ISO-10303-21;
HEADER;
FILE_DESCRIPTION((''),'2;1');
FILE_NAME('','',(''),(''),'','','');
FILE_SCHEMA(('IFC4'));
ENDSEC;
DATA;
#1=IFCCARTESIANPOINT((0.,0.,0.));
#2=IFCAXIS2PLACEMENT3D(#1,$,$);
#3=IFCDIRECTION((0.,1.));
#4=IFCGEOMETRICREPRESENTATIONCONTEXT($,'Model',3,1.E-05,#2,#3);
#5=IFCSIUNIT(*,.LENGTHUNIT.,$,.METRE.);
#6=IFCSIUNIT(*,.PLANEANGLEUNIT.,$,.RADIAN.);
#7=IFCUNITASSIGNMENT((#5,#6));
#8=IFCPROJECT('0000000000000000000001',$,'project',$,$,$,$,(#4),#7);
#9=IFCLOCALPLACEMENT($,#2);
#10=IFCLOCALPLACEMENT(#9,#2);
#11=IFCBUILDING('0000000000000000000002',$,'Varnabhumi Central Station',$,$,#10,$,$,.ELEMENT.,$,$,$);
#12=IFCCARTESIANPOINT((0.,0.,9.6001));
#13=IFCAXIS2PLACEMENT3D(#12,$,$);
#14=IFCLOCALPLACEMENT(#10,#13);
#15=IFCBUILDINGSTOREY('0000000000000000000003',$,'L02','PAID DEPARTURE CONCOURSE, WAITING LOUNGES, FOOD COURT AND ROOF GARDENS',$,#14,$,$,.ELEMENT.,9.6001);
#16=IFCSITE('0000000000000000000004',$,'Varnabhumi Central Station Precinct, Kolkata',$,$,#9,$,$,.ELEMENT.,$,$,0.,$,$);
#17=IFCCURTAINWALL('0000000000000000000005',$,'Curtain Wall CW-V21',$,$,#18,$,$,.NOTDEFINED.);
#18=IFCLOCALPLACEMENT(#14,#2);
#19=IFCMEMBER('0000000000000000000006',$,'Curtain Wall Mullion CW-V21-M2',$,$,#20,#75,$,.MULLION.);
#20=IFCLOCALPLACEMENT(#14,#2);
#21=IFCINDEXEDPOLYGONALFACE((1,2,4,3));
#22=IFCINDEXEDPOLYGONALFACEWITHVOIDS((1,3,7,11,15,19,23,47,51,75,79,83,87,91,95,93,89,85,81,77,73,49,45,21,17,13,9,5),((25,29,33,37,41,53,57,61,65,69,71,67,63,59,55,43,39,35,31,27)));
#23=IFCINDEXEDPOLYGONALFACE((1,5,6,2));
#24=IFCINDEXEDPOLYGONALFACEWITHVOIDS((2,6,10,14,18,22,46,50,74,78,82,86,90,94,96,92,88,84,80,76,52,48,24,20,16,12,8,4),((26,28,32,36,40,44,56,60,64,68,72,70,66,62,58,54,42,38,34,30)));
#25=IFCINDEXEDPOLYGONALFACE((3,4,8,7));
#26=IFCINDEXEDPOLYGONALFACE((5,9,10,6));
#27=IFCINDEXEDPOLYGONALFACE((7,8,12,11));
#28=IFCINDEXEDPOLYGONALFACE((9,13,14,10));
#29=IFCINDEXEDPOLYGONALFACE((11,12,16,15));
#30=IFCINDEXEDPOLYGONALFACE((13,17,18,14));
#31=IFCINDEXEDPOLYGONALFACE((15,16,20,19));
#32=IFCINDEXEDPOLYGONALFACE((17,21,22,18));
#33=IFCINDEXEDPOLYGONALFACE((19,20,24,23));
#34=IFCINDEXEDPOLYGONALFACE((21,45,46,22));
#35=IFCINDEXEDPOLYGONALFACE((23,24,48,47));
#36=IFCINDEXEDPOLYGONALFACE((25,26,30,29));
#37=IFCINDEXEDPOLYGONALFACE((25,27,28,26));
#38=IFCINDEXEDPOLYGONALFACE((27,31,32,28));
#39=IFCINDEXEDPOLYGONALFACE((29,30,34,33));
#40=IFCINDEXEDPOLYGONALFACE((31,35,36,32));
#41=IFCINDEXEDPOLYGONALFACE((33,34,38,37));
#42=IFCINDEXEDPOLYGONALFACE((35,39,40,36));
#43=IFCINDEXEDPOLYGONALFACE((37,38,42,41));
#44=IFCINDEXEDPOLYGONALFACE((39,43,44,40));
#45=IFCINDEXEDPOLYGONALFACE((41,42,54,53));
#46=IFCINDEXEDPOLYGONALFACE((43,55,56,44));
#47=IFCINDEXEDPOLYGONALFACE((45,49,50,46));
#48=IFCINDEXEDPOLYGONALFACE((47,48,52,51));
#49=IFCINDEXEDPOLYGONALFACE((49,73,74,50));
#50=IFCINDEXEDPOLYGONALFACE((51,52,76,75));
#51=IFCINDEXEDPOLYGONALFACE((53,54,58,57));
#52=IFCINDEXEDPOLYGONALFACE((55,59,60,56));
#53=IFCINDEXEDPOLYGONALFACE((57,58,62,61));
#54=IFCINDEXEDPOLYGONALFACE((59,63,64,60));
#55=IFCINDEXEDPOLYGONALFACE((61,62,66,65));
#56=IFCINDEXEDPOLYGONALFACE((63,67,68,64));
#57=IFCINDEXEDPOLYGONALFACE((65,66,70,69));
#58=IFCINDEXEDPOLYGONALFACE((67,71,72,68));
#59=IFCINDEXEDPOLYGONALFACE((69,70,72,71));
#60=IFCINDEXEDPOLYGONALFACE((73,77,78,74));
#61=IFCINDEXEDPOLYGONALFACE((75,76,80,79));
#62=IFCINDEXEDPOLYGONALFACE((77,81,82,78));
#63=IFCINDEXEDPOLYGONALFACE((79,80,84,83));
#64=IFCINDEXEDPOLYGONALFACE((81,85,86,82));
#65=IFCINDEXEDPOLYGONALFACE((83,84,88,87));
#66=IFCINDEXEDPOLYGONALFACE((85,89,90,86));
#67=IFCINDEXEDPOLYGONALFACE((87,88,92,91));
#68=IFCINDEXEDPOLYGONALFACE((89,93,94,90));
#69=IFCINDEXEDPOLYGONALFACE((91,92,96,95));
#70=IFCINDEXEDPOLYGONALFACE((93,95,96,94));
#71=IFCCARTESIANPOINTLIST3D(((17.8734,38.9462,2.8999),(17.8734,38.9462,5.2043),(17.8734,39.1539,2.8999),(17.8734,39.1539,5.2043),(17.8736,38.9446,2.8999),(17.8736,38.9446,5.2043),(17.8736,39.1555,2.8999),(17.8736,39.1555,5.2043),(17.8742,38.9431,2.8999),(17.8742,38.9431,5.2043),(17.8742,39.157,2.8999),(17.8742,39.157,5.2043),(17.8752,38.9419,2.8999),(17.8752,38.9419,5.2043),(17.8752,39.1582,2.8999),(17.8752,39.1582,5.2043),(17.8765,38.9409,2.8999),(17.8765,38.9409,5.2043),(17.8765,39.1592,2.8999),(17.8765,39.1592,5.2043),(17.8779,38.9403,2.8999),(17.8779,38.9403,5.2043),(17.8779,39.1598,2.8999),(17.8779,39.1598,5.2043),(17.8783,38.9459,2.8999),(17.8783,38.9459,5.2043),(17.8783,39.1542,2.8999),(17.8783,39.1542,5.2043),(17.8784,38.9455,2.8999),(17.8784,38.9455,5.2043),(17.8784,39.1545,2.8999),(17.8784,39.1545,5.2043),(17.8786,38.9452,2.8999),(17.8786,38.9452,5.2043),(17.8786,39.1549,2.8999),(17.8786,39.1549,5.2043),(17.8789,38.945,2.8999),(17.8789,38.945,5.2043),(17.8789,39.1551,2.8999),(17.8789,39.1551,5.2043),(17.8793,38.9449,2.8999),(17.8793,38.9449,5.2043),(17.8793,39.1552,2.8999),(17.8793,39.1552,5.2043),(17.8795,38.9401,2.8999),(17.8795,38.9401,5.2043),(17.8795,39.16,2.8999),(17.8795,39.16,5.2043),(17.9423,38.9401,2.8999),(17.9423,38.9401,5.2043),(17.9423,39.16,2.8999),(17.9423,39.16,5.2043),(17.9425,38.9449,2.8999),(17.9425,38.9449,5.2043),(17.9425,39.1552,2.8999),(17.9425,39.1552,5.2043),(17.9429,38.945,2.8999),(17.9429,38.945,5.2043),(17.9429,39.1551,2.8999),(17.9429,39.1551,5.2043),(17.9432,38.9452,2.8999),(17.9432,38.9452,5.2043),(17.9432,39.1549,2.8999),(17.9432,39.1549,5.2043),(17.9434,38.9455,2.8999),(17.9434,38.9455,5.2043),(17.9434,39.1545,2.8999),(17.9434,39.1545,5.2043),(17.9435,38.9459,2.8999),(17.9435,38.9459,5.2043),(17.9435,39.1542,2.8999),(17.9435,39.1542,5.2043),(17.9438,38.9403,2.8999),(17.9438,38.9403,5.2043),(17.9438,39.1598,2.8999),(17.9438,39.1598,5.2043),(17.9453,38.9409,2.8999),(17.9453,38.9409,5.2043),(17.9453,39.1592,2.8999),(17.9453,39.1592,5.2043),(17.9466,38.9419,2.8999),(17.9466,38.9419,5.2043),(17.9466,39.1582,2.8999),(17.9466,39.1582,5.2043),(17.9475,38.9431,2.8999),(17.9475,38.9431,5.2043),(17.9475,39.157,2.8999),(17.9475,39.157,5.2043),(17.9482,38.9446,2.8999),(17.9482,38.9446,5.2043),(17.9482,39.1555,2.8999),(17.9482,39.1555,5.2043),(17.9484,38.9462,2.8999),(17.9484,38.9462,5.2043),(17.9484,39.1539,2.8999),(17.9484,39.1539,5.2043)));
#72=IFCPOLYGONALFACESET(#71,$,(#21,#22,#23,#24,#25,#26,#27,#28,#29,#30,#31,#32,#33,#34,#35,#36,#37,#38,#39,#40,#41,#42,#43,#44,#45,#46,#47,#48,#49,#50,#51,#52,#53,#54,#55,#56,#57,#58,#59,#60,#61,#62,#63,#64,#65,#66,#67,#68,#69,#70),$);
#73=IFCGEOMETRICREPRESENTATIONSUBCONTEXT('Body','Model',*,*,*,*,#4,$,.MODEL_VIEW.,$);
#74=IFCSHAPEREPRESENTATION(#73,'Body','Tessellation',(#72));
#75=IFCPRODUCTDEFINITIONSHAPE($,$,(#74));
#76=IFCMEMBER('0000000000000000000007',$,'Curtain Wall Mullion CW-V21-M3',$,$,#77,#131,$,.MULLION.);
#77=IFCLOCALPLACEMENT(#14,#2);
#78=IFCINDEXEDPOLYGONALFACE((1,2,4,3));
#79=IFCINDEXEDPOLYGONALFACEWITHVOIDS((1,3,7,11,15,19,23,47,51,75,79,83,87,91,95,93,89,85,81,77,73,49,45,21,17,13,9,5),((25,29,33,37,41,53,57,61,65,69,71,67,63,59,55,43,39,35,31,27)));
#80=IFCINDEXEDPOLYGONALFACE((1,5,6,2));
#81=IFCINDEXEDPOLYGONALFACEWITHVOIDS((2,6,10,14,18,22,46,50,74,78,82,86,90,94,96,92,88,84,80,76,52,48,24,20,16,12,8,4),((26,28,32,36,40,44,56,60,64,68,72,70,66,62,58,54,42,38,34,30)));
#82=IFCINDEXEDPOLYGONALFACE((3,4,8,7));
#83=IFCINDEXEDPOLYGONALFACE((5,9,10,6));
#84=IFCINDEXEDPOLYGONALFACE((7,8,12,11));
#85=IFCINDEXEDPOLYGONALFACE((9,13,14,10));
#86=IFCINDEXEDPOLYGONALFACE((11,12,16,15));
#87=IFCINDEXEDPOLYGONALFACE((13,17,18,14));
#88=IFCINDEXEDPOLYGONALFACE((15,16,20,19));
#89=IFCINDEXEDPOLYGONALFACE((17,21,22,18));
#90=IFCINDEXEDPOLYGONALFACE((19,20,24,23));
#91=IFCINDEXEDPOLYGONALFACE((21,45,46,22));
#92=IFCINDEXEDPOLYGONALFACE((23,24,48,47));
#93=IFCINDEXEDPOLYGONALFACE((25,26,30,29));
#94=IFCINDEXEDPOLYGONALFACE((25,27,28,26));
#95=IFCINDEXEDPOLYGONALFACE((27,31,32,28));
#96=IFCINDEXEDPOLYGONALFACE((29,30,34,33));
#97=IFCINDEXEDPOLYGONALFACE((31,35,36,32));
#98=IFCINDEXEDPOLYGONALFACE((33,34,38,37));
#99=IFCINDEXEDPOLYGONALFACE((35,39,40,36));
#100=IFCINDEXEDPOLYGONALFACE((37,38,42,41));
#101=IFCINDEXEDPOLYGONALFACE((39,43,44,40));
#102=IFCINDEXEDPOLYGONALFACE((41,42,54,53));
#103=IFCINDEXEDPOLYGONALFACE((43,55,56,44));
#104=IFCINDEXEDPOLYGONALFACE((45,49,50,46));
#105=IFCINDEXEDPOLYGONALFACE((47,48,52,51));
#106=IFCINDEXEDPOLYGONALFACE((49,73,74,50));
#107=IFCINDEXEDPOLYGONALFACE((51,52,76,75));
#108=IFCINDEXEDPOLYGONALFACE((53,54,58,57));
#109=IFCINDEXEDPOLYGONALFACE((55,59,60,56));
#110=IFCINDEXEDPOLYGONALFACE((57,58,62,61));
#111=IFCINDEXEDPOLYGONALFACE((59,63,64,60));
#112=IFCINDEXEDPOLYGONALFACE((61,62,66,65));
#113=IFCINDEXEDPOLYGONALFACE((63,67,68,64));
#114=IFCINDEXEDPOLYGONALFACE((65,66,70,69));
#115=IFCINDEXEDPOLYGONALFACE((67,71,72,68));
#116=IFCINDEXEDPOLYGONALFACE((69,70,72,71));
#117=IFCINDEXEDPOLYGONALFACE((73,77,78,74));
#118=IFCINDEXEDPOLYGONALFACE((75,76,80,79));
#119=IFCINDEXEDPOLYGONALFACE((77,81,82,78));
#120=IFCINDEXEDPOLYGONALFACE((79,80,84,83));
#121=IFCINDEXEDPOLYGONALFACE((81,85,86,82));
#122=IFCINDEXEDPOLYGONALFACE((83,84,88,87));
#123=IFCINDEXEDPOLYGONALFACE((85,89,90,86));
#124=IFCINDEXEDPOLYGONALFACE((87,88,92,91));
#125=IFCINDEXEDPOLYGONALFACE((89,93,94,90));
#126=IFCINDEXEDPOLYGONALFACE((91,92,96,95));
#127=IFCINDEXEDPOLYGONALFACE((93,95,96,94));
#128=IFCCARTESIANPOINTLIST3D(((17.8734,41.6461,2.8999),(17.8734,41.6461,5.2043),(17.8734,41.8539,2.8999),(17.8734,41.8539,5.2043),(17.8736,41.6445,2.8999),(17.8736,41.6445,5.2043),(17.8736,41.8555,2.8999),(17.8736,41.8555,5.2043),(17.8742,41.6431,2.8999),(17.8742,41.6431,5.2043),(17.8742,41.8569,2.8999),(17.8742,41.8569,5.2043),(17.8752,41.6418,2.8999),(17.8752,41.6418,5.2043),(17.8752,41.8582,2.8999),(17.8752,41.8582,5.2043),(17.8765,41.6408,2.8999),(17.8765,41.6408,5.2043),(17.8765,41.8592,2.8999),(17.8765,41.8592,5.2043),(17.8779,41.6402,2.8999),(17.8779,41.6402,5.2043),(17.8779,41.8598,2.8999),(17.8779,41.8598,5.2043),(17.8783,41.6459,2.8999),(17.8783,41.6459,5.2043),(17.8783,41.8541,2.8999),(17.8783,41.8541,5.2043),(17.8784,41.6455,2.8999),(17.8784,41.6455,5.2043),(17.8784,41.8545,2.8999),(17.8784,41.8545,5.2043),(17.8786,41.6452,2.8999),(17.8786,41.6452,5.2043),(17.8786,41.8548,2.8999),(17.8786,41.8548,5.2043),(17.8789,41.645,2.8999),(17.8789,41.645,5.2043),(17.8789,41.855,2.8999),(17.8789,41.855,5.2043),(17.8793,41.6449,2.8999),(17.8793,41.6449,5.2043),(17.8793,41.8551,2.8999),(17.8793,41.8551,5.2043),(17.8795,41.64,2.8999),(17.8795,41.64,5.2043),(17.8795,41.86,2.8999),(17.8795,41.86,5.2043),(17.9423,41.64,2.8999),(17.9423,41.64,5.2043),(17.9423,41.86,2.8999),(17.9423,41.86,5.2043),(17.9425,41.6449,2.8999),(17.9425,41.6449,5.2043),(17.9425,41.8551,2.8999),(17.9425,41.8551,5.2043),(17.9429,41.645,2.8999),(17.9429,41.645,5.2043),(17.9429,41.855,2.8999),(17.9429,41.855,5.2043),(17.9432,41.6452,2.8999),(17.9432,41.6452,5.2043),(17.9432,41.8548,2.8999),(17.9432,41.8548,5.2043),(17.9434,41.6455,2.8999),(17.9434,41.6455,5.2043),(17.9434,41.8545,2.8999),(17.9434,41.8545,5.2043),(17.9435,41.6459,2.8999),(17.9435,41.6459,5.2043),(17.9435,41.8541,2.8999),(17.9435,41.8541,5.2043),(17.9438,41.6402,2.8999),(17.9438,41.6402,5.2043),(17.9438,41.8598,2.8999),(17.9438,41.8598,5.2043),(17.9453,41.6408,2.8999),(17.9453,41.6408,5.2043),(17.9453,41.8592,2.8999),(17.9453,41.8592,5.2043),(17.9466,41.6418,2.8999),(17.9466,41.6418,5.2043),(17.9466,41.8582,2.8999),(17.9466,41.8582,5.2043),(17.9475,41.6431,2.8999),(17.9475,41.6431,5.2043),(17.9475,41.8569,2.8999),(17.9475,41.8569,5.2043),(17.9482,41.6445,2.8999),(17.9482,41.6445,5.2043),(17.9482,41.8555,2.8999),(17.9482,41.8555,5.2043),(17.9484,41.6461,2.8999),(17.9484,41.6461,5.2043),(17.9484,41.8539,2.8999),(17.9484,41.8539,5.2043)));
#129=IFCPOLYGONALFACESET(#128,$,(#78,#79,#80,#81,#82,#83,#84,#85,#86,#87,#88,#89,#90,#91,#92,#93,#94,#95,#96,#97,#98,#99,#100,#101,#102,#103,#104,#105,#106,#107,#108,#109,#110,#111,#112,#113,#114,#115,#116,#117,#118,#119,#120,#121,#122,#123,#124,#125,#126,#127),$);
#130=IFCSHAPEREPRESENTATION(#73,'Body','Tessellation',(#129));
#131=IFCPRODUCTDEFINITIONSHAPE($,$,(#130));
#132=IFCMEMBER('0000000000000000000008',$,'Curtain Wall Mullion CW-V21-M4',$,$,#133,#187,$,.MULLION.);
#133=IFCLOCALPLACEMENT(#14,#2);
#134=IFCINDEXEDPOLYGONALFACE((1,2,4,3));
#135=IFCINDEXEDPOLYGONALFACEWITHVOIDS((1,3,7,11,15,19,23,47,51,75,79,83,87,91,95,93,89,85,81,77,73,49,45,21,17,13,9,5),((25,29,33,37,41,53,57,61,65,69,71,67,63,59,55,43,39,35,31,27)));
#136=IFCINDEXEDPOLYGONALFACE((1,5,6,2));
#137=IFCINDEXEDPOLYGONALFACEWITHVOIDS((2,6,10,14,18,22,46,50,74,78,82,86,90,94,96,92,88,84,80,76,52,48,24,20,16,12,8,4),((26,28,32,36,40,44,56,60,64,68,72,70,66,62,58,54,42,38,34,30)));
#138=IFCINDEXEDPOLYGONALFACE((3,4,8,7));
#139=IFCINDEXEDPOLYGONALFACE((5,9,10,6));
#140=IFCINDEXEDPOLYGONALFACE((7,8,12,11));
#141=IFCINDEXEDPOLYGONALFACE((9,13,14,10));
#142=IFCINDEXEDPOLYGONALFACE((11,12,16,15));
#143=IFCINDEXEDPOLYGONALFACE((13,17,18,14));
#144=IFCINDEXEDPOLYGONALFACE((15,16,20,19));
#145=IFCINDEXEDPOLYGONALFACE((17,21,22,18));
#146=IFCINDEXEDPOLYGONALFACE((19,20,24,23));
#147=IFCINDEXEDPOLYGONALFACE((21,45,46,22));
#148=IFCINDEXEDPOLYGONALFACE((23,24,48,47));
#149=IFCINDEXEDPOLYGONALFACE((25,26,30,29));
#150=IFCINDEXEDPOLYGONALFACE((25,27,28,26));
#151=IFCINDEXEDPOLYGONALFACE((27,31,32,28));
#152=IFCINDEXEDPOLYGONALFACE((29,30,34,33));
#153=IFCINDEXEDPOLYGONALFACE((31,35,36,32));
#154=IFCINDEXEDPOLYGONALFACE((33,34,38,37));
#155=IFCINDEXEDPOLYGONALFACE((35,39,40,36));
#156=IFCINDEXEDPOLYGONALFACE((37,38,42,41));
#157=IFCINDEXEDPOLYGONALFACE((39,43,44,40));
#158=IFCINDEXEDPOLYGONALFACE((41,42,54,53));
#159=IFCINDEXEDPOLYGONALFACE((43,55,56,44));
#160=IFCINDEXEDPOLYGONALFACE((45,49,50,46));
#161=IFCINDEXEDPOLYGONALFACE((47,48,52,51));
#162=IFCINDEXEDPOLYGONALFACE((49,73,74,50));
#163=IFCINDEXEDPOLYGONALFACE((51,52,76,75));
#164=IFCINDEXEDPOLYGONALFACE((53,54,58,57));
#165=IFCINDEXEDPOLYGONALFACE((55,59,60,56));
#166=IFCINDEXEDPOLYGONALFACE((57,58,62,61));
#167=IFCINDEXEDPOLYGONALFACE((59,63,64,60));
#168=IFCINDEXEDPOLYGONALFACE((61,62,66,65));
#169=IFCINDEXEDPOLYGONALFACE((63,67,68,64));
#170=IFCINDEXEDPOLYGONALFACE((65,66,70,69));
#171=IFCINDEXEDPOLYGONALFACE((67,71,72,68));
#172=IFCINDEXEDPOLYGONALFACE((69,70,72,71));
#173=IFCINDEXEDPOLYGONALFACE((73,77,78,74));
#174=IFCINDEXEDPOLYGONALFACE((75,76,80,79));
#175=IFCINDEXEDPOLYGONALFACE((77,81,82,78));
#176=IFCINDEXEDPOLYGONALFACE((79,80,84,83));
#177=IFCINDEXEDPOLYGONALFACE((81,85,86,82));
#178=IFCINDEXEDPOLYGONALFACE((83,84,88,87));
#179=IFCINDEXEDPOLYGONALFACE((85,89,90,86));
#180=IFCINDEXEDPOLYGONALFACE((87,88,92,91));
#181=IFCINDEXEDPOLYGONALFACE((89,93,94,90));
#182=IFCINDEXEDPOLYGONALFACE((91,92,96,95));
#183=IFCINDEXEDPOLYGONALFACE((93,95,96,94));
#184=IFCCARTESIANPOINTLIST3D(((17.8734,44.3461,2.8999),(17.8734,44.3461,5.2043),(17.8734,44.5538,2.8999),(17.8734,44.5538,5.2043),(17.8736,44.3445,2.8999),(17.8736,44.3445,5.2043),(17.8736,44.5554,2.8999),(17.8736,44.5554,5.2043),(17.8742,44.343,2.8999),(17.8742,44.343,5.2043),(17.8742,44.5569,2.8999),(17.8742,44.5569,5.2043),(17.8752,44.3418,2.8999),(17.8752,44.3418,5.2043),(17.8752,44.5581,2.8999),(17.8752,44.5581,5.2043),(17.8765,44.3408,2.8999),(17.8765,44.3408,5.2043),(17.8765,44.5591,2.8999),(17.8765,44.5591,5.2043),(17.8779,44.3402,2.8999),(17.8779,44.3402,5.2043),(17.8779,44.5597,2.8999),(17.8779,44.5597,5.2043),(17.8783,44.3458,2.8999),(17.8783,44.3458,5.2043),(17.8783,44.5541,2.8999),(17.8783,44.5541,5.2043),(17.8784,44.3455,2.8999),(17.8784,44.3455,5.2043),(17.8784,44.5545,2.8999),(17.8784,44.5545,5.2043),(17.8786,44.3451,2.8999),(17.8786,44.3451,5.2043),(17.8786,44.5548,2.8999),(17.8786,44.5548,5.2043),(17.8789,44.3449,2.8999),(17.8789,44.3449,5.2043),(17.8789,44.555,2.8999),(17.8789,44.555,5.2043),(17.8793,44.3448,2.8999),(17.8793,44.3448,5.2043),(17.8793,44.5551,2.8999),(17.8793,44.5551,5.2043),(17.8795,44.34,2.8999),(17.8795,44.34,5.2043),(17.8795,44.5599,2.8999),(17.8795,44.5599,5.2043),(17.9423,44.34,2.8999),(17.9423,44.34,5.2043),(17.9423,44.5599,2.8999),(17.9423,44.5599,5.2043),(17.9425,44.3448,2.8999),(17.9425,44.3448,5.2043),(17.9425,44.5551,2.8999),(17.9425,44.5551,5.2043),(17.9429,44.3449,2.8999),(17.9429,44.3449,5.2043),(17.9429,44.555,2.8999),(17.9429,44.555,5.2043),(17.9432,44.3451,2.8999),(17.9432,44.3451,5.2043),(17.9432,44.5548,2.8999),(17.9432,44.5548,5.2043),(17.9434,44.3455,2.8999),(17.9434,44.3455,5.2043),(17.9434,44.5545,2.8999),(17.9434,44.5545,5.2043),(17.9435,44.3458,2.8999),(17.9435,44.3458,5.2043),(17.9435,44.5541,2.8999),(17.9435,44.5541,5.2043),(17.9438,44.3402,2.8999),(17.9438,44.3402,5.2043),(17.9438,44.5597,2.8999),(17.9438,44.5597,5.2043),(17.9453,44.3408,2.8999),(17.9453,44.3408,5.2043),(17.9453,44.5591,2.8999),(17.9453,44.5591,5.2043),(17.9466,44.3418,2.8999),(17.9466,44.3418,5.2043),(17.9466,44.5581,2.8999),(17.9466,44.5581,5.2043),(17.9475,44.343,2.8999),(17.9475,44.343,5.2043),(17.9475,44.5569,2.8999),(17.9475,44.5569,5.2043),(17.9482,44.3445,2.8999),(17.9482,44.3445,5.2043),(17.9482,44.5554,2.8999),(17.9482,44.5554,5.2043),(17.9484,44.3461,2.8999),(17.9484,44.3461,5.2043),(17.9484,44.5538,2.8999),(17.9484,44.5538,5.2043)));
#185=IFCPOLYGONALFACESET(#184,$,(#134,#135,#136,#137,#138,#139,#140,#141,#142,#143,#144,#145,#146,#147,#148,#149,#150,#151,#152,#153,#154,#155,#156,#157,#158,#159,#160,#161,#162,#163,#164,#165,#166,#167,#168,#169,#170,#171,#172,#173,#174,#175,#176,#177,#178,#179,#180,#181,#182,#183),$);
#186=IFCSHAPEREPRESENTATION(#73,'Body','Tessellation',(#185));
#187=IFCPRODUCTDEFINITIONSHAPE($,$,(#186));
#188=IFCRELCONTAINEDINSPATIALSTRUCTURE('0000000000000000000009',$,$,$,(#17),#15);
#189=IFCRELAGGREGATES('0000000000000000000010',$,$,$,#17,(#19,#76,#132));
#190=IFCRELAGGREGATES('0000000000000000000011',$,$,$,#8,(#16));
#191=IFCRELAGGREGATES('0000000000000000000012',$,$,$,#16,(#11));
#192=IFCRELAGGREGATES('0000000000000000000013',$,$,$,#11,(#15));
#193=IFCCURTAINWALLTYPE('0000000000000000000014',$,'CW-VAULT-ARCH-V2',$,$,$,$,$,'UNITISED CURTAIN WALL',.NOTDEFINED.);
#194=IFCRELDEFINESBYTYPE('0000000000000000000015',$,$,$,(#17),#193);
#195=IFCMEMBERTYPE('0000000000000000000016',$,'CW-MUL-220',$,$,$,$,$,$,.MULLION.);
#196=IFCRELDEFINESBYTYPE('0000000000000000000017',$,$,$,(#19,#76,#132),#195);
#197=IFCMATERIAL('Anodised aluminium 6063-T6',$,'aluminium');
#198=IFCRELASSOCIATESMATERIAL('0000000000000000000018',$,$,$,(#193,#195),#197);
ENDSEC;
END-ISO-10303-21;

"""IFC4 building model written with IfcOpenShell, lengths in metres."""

from ifc_helpers import new_model, si_unit, direction, frame, origin, origin_2d, place, context, subcontext, project, spatial, hollow_rectangle, extrude, material, material_profile, profile_set, type_object, element, aggregate, save


model = new_model("IFC4")

# Units and contexts
model_context = context("Model", 3, precision=1e-05, world=origin(), true_north=direction((0.0, 1.0)))
body_context = subcontext(model_context, "Body", "Model", "MODEL_VIEW")
ifc_project = project(units=[si_unit("LENGTHUNIT", "METRE"), si_unit("PLANEANGLEUNIT", "RADIAN")], contexts=[model_context])

# Site, building, storey
site_placement = place(None, origin())
site = spatial("IfcSite", under=ifc_project, at=site_placement, Name="Varnabhumi Central Station Precinct, Kolkata", CompositionType="ELEMENT", RefElevation=0.0)
building_placement = place(site_placement, origin())
building = spatial("IfcBuilding", under=site, at=building_placement, Name="Varnabhumi Central Station", CompositionType="ELEMENT")
storey_placement = place(building_placement, frame((0.0, 0.0, 9.6001)))
storey = spatial("IfcBuildingStorey", under=building, at=storey_placement, Name="L02", Description="PAID DEPARTURE CONCOURSE, WAITING LOUNGES, FOOD COURT AND ROOF GARDENS", CompositionType="ELEMENT", Elevation=9.6001)

# Curtain wall, members
ifc_material_1 = material(Name="Anodised aluminium 6063-T6", Category="aluminium")
curtain_wall_type = type_object("IfcCurtainWallType", Name="CW-VAULT-ARCH-V2", ElementType="UNITISED CURTAIN WALL", PredefinedType="NOTDEFINED", material=ifc_material_1)
curtain_wall_placement = place(storey_placement, origin())
curtain_wall = element("IfcCurtainWall", 1, at=curtain_wall_placement, inside=storey, type_object=curtain_wall_type, Name="Curtain Wall CW-V21", PredefinedType="NOTDEFINED")
ifc_material_profile_1 = material_profile(ifc_material_1, hollow_rectangle(XDim=0.075, YDim=0.22, WallThickness=0.0049, InnerFilletRadius=0.001, OuterFilletRadius=0.0061, at=origin_2d()), Name="Anodised aluminium 6063-T6", Category="aluminium")
ifc_profile_set_1 = profile_set([ifc_material_profile_1], Name="Anodised aluminium 6063-T6")
member_type_1 = type_object("IfcMemberType", Name="CW-MUL-220", PredefinedType="MULLION", material=ifc_profile_set_1)
member_1_placement = place(storey_placement, frame((17.9109, 39.05, 2.8999), z_axis=(0.0, 0.0, 1.0), x_axis=(1.0, 0.0, 0.0)))
member_1 = element("IfcMember", 2, at=member_1_placement, type_object=member_type_1, Name="Curtain Wall Mullion CW-V21-M2", PredefinedType="MULLION", context=body_context, shape_type="SweptSolid", body=[
    extrude(hollow_rectangle(XDim=0.075, YDim=0.22, WallThickness=0.0049, InnerFilletRadius=0.001, OuterFilletRadius=0.0061, at=origin_2d()), origin(), (0.0, 0.0, 1.0), 2.3044),
])
member_2_placement = place(storey_placement, frame((17.9109, 41.75, 2.8999), z_axis=(0.0, 0.0, 1.0), x_axis=(1.0, 0.0, 0.0)))
member_2 = element("IfcMember", 3, at=member_2_placement, type_object=member_type_1, Name="Curtain Wall Mullion CW-V21-M3", PredefinedType="MULLION", context=body_context, shape_type="SweptSolid", body=[
    extrude(hollow_rectangle(XDim=0.075, YDim=0.22, WallThickness=0.0049, InnerFilletRadius=0.001, OuterFilletRadius=0.0061, at=origin_2d()), origin(), (0.0, 0.0, 1.0), 2.3044),
])
member_3_placement = place(storey_placement, frame((17.9109, 44.45, 2.8999), z_axis=(0.0, 0.0, 1.0), x_axis=(1.0, 0.0, 0.0)))
member_3 = element("IfcMember", 4, at=member_3_placement, type_object=member_type_1, Name="Curtain Wall Mullion CW-V21-M4", PredefinedType="MULLION", context=body_context, shape_type="SweptSolid", body=[
    extrude(hollow_rectangle(XDim=0.075, YDim=0.22, WallThickness=0.0049, InnerFilletRadius=0.001, OuterFilletRadius=0.0061, at=origin_2d()), origin(), (0.0, 0.0, 1.0), 2.3044),
])

aggregate(curtain_wall, [member_1, member_2, member_3])

save(model, "model.ifc")
